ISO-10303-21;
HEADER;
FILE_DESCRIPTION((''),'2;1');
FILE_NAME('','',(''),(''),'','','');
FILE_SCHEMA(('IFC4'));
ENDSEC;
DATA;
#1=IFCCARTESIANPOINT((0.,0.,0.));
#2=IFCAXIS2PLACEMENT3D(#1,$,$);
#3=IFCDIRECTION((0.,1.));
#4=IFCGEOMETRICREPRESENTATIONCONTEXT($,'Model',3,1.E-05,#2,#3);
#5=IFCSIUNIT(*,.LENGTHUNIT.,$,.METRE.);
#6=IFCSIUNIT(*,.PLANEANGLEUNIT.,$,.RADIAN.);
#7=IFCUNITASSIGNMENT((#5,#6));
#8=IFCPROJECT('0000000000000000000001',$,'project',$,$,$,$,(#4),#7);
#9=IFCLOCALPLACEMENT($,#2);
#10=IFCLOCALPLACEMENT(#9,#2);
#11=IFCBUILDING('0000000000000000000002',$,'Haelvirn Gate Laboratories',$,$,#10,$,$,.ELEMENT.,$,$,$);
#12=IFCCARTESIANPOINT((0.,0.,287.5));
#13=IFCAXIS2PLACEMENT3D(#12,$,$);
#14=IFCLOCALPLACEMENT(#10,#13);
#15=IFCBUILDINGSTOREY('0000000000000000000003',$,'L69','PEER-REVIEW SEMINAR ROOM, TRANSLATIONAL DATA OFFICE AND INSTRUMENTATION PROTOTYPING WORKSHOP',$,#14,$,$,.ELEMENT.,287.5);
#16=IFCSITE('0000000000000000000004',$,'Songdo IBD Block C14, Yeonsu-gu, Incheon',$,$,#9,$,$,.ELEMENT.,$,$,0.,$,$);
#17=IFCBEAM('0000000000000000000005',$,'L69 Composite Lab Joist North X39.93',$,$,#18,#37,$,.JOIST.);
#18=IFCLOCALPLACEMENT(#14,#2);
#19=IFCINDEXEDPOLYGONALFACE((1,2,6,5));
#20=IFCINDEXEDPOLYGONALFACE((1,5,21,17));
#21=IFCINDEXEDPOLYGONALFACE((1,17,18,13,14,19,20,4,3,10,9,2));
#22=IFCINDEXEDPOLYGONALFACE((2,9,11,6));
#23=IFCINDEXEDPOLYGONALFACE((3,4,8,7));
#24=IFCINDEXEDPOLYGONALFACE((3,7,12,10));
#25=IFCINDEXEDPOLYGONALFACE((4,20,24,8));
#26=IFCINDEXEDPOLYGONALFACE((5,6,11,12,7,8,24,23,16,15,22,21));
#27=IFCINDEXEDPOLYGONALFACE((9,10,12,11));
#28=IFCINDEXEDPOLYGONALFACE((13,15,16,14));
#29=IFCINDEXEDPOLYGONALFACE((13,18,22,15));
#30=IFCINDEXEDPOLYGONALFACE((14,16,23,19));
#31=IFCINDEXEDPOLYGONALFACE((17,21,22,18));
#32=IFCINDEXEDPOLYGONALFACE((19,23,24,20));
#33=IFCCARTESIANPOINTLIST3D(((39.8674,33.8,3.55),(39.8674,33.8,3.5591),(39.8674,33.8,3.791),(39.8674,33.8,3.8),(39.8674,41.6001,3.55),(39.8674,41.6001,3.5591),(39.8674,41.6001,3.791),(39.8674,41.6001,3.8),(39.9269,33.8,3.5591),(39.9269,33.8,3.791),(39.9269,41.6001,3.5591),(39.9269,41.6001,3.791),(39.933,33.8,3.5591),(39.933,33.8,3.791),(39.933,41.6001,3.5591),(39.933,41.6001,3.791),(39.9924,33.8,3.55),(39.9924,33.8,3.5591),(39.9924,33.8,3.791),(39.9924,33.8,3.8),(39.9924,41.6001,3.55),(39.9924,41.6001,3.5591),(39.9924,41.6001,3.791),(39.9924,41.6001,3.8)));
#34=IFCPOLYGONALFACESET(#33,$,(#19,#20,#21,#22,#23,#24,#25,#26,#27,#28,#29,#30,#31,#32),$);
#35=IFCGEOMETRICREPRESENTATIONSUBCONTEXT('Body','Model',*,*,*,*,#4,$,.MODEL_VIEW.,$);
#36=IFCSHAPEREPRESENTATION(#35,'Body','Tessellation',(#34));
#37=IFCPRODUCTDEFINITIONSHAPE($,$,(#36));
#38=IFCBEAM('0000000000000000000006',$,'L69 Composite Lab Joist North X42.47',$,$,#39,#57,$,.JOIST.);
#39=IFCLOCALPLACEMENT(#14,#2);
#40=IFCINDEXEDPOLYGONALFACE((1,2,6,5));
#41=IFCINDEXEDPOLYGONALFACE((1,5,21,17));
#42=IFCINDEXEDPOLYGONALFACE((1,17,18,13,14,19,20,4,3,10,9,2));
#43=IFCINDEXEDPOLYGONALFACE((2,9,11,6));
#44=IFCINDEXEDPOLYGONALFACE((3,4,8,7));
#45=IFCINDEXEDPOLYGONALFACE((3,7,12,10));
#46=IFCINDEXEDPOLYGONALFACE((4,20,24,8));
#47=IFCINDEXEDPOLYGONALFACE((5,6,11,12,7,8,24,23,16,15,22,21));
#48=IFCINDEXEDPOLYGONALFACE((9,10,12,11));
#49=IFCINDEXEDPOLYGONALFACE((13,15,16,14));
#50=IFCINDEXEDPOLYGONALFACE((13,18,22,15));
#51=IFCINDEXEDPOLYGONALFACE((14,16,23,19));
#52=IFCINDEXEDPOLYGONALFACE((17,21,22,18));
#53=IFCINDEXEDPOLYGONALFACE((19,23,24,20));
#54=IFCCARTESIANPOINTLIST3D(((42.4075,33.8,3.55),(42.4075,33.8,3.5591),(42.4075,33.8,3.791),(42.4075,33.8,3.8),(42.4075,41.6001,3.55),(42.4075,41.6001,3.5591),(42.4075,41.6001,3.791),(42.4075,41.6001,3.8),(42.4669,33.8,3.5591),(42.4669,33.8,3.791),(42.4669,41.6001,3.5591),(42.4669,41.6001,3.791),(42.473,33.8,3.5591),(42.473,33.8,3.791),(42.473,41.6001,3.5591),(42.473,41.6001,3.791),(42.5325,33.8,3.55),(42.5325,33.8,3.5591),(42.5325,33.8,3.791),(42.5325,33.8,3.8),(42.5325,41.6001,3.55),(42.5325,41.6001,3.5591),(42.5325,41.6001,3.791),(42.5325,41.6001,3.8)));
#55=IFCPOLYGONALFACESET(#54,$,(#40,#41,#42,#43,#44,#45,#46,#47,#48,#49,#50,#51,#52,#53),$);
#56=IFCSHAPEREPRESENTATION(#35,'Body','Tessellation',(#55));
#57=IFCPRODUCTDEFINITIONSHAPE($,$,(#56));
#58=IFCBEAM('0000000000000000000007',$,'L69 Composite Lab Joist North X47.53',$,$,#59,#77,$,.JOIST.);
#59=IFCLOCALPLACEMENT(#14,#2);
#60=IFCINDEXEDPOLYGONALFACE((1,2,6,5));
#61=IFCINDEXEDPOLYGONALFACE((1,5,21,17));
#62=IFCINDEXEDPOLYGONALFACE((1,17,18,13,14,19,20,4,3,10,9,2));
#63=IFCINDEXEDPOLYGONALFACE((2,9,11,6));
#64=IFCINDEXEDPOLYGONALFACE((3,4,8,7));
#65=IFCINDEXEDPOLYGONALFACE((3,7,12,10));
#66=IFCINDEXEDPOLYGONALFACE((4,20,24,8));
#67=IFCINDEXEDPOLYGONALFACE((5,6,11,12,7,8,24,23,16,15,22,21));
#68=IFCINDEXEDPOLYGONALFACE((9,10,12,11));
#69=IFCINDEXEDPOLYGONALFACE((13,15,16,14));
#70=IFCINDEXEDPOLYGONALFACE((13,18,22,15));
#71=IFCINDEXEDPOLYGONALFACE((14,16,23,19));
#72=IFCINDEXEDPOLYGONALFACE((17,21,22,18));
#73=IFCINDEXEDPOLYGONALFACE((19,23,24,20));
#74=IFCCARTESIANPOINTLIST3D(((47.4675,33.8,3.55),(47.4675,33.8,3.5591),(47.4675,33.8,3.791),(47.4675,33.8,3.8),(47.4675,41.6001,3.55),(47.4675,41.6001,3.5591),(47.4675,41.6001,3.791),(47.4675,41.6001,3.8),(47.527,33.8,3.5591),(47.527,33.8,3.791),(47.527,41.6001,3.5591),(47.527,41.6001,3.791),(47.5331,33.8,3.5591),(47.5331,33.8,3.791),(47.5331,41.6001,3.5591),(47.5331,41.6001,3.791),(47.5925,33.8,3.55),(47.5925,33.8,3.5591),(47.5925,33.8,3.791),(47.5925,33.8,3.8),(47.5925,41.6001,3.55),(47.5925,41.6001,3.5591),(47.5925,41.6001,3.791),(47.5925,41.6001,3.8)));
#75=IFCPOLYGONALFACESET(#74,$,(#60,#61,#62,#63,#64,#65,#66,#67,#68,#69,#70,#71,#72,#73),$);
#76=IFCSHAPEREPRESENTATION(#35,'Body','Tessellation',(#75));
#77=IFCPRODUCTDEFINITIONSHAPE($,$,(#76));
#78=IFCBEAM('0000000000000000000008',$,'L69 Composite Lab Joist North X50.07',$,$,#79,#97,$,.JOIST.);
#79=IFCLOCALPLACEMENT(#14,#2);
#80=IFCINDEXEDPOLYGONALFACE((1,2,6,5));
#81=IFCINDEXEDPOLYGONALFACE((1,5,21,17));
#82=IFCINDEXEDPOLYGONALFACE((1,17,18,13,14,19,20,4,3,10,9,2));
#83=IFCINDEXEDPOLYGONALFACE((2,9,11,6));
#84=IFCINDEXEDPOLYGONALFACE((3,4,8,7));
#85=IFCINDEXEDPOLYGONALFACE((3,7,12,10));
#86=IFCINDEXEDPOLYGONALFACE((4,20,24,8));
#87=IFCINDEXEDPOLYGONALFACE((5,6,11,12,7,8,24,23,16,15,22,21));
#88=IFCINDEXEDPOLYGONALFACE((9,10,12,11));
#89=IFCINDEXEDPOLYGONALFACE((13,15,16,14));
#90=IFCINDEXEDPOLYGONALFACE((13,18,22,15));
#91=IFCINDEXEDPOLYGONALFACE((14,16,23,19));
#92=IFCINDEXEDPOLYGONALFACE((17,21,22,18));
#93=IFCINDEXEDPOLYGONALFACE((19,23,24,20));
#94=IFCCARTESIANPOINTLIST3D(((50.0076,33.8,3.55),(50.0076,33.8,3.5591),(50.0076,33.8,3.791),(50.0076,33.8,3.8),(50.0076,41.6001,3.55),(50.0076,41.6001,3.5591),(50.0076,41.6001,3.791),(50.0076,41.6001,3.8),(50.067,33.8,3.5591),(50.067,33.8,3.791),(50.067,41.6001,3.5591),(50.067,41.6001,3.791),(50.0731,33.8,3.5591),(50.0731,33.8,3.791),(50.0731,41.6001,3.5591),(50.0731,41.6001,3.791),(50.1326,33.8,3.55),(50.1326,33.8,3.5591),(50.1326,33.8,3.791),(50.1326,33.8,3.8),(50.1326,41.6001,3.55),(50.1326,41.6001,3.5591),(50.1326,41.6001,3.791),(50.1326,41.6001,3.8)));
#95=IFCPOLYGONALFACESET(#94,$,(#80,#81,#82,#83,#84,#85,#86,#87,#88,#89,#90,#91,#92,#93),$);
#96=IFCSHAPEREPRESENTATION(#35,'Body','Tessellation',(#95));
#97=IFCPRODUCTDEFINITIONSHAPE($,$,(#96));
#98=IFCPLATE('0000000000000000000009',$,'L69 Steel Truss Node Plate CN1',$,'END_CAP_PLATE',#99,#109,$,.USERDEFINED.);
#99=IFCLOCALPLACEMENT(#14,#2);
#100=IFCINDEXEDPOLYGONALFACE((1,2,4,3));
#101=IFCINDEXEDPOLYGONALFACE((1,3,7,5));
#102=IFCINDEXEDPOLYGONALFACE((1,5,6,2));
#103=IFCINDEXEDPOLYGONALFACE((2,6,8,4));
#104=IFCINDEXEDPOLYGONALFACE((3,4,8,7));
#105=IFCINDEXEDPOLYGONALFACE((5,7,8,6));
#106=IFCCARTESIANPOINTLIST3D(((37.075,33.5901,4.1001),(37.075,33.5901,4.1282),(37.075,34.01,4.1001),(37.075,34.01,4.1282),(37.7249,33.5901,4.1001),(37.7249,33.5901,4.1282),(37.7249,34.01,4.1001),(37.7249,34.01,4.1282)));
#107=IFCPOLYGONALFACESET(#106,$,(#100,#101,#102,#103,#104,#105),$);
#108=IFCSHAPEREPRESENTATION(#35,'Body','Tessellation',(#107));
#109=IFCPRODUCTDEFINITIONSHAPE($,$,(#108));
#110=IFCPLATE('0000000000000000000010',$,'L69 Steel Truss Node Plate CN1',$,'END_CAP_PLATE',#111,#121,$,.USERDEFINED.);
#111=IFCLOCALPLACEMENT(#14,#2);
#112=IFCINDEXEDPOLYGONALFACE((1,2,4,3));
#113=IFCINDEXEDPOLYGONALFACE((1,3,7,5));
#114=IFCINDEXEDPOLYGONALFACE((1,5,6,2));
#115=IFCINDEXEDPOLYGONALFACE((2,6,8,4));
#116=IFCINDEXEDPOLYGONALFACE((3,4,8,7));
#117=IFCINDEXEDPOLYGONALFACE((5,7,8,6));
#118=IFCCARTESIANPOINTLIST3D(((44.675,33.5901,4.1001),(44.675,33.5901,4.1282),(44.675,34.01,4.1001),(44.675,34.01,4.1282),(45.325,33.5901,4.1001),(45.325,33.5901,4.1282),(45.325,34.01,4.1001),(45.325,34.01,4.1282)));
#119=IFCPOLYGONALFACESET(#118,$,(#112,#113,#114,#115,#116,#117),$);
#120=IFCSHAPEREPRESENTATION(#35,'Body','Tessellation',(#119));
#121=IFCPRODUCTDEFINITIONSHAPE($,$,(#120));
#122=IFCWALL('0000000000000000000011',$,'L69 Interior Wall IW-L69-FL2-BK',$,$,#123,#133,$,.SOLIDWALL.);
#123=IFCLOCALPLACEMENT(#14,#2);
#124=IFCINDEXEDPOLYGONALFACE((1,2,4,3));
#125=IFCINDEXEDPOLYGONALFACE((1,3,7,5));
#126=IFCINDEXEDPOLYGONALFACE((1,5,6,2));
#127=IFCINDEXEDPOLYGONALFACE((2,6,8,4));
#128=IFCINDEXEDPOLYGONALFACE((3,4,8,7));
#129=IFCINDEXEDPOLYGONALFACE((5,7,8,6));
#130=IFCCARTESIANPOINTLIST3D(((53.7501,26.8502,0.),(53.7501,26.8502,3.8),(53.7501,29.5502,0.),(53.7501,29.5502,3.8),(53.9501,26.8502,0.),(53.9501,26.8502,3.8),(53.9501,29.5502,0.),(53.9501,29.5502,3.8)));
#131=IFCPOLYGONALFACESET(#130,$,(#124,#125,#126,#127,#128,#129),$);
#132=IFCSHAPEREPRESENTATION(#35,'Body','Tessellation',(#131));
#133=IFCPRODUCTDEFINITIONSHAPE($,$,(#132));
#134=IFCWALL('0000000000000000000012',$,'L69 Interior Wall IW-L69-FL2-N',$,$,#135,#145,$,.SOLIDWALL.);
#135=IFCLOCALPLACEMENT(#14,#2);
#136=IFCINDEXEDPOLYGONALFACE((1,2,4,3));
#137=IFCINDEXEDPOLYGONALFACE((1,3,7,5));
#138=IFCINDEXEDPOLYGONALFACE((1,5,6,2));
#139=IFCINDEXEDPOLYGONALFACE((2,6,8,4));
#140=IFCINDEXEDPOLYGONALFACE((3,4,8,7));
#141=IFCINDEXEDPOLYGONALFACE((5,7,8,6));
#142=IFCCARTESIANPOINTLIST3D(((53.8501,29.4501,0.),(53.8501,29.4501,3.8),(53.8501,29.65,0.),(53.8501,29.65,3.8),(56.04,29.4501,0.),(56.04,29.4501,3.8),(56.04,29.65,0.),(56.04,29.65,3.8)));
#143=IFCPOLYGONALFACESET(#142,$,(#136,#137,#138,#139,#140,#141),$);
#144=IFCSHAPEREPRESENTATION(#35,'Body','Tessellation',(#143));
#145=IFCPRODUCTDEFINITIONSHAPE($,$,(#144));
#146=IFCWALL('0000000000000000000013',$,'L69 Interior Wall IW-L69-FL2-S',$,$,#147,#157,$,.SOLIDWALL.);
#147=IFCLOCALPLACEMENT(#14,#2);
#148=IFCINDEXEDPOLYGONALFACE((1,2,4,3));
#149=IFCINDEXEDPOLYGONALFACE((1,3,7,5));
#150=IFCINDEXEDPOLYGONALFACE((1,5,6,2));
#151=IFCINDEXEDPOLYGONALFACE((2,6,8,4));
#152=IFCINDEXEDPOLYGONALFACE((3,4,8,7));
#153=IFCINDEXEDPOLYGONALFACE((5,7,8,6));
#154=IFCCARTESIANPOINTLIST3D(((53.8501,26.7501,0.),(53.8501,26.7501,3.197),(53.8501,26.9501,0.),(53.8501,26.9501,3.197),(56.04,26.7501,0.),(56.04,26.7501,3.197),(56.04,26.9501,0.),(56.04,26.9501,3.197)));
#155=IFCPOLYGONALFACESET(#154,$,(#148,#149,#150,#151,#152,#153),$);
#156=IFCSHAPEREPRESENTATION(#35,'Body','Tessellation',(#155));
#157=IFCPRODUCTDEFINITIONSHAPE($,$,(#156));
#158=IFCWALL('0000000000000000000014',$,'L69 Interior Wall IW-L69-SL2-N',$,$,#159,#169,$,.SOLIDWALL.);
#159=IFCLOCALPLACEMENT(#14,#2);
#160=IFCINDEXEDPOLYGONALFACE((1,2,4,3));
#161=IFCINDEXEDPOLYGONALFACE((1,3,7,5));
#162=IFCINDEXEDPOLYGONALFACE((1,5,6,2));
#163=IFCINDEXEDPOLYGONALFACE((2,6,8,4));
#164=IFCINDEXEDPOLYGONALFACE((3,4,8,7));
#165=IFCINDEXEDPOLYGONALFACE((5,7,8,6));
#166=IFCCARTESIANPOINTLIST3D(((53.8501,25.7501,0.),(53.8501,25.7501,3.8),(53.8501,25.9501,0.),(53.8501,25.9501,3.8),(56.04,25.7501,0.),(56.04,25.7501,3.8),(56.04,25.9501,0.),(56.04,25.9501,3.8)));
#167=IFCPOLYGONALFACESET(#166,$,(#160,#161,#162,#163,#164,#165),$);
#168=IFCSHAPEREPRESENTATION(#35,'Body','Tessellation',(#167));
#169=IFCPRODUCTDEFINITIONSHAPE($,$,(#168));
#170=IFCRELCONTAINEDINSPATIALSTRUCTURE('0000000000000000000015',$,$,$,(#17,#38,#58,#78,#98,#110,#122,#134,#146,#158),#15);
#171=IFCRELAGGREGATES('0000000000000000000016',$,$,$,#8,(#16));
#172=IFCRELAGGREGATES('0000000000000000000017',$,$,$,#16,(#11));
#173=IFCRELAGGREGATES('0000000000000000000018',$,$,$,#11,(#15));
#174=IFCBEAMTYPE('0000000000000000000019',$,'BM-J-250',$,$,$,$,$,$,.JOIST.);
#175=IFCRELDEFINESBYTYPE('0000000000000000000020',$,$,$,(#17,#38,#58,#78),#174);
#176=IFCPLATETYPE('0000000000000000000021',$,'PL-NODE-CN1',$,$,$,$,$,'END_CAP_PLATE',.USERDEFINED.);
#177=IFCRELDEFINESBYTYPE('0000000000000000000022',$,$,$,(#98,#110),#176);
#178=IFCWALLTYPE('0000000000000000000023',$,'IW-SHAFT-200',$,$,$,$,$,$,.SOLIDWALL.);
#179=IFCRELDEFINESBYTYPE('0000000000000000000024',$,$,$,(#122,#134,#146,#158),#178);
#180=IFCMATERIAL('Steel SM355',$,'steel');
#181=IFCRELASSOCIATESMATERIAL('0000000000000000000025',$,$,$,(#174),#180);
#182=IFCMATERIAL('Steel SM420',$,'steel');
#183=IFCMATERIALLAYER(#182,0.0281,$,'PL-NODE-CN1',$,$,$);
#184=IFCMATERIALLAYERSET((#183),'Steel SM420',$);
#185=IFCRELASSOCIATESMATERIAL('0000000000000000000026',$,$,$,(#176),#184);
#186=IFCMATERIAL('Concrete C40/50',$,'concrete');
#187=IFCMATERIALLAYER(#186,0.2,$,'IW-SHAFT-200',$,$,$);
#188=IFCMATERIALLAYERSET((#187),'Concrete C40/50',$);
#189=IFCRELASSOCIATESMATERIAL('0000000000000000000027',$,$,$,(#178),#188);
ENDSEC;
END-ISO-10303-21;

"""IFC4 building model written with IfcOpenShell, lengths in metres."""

from ifc_helpers import new_model, si_unit, direction, frame, frame_2d, origin, origin_2d, place, context, subcontext, project, spatial, rectangle, i_section, extrude, source, transform, mapped, material, layer, layer_set, material_profile, profile_set, type_object, type_shapes, element, save


model = new_model("IFC4")

# Units and contexts
model_context = context("Model", 3, precision=1e-05, world=origin(), true_north=direction((0.0, 1.0)))
body_context = subcontext(model_context, "Body", "Model", "MODEL_VIEW")
ifc_project = project(units=[si_unit("LENGTHUNIT", "METRE"), si_unit("PLANEANGLEUNIT", "RADIAN")], contexts=[model_context])

# Site, building, storey
site_placement = place(None, origin())
site = spatial("IfcSite", under=ifc_project, at=site_placement, Name="Songdo IBD Block C14, Yeonsu-gu, Incheon", CompositionType="ELEMENT", RefElevation=0.0)
building_placement = place(site_placement, origin())
building = spatial("IfcBuilding", under=site, at=building_placement, Name="Haelvirn Gate Laboratories", CompositionType="ELEMENT")
storey_placement = place(building_placement, frame((0.0, 0.0, 287.5)))
storey = spatial("IfcBuildingStorey", under=building, at=storey_placement, Name="L69", Description="PEER-REVIEW SEMINAR ROOM, TRANSLATIONAL DATA OFFICE AND INSTRUMENTATION PROTOTYPING WORKSHOP", CompositionType="ELEMENT", Elevation=287.5)

# Shared definitions
ifc_material_1 = material(Name="Steel SM355", Category="steel")

# Beams
ifc_material_profile_1 = material_profile(ifc_material_1, i_section(OverallWidth=0.125, OverallDepth=0.25, WebThickness=0.0061, FlangeThickness=0.009, at=origin_2d()), Name="H-250x125x6x9")
ifc_profile_set_1 = profile_set([ifc_material_profile_1], Name="Steel SM355")
beam_type_1 = type_object("IfcBeamType", Name="BM-J-250", PredefinedType="JOIST", material=ifc_profile_set_1)
shared_shape_1 = source(origin(), body_context, "Body", "SweptSolid", [
    extrude(i_section(OverallWidth=0.125, OverallDepth=0.25, WebThickness=0.0061, FlangeThickness=0.009, at=origin_2d()), origin(), (0.0, 0.0, 1.0), 7.8),
])
type_shapes(beam_type_1, [shared_shape_1])
for number, where, z_axis, x_axis, name in (
    (1, (39.9299, 33.8, 3.675), (0.0, 1.0, 0.0), (-1.0, 0.0, 0.0), "L69 Composite Lab Joist North X39.93"),
    (2, (42.47, 33.8, 3.675), (0.0, 1.0, 0.0), (-1.0, 0.0, 0.0), "L69 Composite Lab Joist North X42.47"),
    (3, (47.53, 33.8, 3.675), (0.0, 1.0, 0.0), (-1.0, 0.0, 0.0), "L69 Composite Lab Joist North X47.53"),
    (4, (50.0701, 33.8, 3.675), (0.0, 1.0, 0.0), (-1.0, 0.0, 0.0), "L69 Composite Lab Joist North X50.07"),
):
    element("IfcBeam", number, at=place(storey_placement, frame(where, z_axis=z_axis, x_axis=x_axis)), inside=storey, type_object=beam_type_1, Name=name, PredefinedType="JOIST", context=body_context, shape_type="MappedRepresentation", body=[
        mapped(shared_shape_1, transform((0.0, 0.0, 0.0), scale=1.0)),
    ])

# Plates
ifc_material_2 = material(Name="Steel SM420", Category="steel")
ifc_layer_1 = layer(ifc_material_2, 0.0281, Name="PL-NODE-CN1")
ifc_layer_set_1 = layer_set([ifc_layer_1], Name="Steel SM420")
plate_type = type_object("IfcPlateType", Name="PL-NODE-CN1", ElementType="END_CAP_PLATE", PredefinedType="USERDEFINED", material=ifc_layer_set_1)
shared_shape_2 = source(origin(), body_context, "Body", "SweptSolid", [
    extrude(rectangle(XDim=0.6499, YDim=0.4199, at=origin_2d()), origin(), (0.0, 0.0, 1.0), 0.0281),
])
type_shapes(plate_type, [shared_shape_2])
for number, where, z_axis, x_axis, name in (
    (5, (37.3999, 33.8, 4.1001), (0.0, 0.0, 1.0), (1.0, 0.0, 0.0), "L69 Steel Truss Node Plate CN1"),
    (6, (45.0, 33.8, 4.1001), (0.0, 0.0, 1.0), (1.0, 0.0, 0.0), "L69 Steel Truss Node Plate CN1"),
):
    element("IfcPlate", number, at=place(storey_placement, frame(where, z_axis=z_axis, x_axis=x_axis)), inside=storey, type_object=plate_type, Name=name, ObjectType="END_CAP_PLATE", PredefinedType="USERDEFINED", context=body_context, shape_type="MappedRepresentation", body=[
        mapped(shared_shape_2, transform((0.0, 0.0, 0.0), scale=1.0)),
    ])

# Walls
ifc_material_3 = material(Name="Concrete C40/50", Category="concrete")
ifc_layer_2 = layer(ifc_material_3, 0.2, Name="IW-SHAFT-200")
ifc_layer_set_2 = layer_set([ifc_layer_2], Name="Concrete C40/50")
wall_type_1 = type_object("IfcWallType", Name="IW-SHAFT-200", PredefinedType="SOLIDWALL", material=ifc_layer_set_2)
wall_1_placement = place(storey_placement, frame((53.8501, 26.8501, 0.0), z_axis=(0.0, 0.0, 1.0), x_axis=(0.0, 1.0, 0.0)))
element("IfcWall", 7, at=wall_1_placement, inside=storey, type_object=wall_type_1, Name="L69 Interior Wall IW-L69-FL2-BK", PredefinedType="SOLIDWALL", context=body_context, shape_type="SweptSolid", body=[
    extrude(rectangle(XDim=2.7, YDim=0.2, at=frame_2d((1.3501, 0.0))), origin(), (0.0, 0.0, 1.0), 3.8),
])
wall_2_placement = place(storey_placement, frame((53.8501, 29.55, 0.0), z_axis=(0.0, 0.0, 1.0), x_axis=(1.0, 0.0, 0.0)))
element("IfcWall", 8, at=wall_2_placement, inside=storey, type_object=wall_type_1, Name="L69 Interior Wall IW-L69-FL2-N", PredefinedType="SOLIDWALL", context=body_context, shape_type="SweptSolid", body=[
    extrude(rectangle(XDim=2.1899, YDim=0.2, at=frame_2d((1.095, 0.0))), origin(), (0.0, 0.0, 1.0), 3.8),
])
wall_3_placement = place(storey_placement, frame((53.8501, 26.8501, 0.0), z_axis=(0.0, 0.0, 1.0), x_axis=(1.0, 0.0, 0.0)))
element("IfcWall", 9, at=wall_3_placement, inside=storey, type_object=wall_type_1, Name="L69 Interior Wall IW-L69-FL2-S", PredefinedType="SOLIDWALL", context=body_context, shape_type="SweptSolid", body=[
    extrude(rectangle(XDim=2.1899, YDim=0.2, at=frame_2d((1.095, 0.0))), origin(), (0.0, 0.0, 1.0), 3.197),
])
wall_4_placement = place(storey_placement, frame((53.8501, 25.8501, 0.0), z_axis=(0.0, 0.0, 1.0), x_axis=(1.0, 0.0, 0.0)))
element("IfcWall", 10, at=wall_4_placement, inside=storey, type_object=wall_type_1, Name="L69 Interior Wall IW-L69-SL2-N", PredefinedType="SOLIDWALL", context=body_context, shape_type="SweptSolid", body=[
    extrude(rectangle(XDim=2.1899, YDim=0.2, at=frame_2d((1.095, 0.0))), origin(), (0.0, 0.0, 1.0), 3.8),
])

save(model, "model.ifc")
